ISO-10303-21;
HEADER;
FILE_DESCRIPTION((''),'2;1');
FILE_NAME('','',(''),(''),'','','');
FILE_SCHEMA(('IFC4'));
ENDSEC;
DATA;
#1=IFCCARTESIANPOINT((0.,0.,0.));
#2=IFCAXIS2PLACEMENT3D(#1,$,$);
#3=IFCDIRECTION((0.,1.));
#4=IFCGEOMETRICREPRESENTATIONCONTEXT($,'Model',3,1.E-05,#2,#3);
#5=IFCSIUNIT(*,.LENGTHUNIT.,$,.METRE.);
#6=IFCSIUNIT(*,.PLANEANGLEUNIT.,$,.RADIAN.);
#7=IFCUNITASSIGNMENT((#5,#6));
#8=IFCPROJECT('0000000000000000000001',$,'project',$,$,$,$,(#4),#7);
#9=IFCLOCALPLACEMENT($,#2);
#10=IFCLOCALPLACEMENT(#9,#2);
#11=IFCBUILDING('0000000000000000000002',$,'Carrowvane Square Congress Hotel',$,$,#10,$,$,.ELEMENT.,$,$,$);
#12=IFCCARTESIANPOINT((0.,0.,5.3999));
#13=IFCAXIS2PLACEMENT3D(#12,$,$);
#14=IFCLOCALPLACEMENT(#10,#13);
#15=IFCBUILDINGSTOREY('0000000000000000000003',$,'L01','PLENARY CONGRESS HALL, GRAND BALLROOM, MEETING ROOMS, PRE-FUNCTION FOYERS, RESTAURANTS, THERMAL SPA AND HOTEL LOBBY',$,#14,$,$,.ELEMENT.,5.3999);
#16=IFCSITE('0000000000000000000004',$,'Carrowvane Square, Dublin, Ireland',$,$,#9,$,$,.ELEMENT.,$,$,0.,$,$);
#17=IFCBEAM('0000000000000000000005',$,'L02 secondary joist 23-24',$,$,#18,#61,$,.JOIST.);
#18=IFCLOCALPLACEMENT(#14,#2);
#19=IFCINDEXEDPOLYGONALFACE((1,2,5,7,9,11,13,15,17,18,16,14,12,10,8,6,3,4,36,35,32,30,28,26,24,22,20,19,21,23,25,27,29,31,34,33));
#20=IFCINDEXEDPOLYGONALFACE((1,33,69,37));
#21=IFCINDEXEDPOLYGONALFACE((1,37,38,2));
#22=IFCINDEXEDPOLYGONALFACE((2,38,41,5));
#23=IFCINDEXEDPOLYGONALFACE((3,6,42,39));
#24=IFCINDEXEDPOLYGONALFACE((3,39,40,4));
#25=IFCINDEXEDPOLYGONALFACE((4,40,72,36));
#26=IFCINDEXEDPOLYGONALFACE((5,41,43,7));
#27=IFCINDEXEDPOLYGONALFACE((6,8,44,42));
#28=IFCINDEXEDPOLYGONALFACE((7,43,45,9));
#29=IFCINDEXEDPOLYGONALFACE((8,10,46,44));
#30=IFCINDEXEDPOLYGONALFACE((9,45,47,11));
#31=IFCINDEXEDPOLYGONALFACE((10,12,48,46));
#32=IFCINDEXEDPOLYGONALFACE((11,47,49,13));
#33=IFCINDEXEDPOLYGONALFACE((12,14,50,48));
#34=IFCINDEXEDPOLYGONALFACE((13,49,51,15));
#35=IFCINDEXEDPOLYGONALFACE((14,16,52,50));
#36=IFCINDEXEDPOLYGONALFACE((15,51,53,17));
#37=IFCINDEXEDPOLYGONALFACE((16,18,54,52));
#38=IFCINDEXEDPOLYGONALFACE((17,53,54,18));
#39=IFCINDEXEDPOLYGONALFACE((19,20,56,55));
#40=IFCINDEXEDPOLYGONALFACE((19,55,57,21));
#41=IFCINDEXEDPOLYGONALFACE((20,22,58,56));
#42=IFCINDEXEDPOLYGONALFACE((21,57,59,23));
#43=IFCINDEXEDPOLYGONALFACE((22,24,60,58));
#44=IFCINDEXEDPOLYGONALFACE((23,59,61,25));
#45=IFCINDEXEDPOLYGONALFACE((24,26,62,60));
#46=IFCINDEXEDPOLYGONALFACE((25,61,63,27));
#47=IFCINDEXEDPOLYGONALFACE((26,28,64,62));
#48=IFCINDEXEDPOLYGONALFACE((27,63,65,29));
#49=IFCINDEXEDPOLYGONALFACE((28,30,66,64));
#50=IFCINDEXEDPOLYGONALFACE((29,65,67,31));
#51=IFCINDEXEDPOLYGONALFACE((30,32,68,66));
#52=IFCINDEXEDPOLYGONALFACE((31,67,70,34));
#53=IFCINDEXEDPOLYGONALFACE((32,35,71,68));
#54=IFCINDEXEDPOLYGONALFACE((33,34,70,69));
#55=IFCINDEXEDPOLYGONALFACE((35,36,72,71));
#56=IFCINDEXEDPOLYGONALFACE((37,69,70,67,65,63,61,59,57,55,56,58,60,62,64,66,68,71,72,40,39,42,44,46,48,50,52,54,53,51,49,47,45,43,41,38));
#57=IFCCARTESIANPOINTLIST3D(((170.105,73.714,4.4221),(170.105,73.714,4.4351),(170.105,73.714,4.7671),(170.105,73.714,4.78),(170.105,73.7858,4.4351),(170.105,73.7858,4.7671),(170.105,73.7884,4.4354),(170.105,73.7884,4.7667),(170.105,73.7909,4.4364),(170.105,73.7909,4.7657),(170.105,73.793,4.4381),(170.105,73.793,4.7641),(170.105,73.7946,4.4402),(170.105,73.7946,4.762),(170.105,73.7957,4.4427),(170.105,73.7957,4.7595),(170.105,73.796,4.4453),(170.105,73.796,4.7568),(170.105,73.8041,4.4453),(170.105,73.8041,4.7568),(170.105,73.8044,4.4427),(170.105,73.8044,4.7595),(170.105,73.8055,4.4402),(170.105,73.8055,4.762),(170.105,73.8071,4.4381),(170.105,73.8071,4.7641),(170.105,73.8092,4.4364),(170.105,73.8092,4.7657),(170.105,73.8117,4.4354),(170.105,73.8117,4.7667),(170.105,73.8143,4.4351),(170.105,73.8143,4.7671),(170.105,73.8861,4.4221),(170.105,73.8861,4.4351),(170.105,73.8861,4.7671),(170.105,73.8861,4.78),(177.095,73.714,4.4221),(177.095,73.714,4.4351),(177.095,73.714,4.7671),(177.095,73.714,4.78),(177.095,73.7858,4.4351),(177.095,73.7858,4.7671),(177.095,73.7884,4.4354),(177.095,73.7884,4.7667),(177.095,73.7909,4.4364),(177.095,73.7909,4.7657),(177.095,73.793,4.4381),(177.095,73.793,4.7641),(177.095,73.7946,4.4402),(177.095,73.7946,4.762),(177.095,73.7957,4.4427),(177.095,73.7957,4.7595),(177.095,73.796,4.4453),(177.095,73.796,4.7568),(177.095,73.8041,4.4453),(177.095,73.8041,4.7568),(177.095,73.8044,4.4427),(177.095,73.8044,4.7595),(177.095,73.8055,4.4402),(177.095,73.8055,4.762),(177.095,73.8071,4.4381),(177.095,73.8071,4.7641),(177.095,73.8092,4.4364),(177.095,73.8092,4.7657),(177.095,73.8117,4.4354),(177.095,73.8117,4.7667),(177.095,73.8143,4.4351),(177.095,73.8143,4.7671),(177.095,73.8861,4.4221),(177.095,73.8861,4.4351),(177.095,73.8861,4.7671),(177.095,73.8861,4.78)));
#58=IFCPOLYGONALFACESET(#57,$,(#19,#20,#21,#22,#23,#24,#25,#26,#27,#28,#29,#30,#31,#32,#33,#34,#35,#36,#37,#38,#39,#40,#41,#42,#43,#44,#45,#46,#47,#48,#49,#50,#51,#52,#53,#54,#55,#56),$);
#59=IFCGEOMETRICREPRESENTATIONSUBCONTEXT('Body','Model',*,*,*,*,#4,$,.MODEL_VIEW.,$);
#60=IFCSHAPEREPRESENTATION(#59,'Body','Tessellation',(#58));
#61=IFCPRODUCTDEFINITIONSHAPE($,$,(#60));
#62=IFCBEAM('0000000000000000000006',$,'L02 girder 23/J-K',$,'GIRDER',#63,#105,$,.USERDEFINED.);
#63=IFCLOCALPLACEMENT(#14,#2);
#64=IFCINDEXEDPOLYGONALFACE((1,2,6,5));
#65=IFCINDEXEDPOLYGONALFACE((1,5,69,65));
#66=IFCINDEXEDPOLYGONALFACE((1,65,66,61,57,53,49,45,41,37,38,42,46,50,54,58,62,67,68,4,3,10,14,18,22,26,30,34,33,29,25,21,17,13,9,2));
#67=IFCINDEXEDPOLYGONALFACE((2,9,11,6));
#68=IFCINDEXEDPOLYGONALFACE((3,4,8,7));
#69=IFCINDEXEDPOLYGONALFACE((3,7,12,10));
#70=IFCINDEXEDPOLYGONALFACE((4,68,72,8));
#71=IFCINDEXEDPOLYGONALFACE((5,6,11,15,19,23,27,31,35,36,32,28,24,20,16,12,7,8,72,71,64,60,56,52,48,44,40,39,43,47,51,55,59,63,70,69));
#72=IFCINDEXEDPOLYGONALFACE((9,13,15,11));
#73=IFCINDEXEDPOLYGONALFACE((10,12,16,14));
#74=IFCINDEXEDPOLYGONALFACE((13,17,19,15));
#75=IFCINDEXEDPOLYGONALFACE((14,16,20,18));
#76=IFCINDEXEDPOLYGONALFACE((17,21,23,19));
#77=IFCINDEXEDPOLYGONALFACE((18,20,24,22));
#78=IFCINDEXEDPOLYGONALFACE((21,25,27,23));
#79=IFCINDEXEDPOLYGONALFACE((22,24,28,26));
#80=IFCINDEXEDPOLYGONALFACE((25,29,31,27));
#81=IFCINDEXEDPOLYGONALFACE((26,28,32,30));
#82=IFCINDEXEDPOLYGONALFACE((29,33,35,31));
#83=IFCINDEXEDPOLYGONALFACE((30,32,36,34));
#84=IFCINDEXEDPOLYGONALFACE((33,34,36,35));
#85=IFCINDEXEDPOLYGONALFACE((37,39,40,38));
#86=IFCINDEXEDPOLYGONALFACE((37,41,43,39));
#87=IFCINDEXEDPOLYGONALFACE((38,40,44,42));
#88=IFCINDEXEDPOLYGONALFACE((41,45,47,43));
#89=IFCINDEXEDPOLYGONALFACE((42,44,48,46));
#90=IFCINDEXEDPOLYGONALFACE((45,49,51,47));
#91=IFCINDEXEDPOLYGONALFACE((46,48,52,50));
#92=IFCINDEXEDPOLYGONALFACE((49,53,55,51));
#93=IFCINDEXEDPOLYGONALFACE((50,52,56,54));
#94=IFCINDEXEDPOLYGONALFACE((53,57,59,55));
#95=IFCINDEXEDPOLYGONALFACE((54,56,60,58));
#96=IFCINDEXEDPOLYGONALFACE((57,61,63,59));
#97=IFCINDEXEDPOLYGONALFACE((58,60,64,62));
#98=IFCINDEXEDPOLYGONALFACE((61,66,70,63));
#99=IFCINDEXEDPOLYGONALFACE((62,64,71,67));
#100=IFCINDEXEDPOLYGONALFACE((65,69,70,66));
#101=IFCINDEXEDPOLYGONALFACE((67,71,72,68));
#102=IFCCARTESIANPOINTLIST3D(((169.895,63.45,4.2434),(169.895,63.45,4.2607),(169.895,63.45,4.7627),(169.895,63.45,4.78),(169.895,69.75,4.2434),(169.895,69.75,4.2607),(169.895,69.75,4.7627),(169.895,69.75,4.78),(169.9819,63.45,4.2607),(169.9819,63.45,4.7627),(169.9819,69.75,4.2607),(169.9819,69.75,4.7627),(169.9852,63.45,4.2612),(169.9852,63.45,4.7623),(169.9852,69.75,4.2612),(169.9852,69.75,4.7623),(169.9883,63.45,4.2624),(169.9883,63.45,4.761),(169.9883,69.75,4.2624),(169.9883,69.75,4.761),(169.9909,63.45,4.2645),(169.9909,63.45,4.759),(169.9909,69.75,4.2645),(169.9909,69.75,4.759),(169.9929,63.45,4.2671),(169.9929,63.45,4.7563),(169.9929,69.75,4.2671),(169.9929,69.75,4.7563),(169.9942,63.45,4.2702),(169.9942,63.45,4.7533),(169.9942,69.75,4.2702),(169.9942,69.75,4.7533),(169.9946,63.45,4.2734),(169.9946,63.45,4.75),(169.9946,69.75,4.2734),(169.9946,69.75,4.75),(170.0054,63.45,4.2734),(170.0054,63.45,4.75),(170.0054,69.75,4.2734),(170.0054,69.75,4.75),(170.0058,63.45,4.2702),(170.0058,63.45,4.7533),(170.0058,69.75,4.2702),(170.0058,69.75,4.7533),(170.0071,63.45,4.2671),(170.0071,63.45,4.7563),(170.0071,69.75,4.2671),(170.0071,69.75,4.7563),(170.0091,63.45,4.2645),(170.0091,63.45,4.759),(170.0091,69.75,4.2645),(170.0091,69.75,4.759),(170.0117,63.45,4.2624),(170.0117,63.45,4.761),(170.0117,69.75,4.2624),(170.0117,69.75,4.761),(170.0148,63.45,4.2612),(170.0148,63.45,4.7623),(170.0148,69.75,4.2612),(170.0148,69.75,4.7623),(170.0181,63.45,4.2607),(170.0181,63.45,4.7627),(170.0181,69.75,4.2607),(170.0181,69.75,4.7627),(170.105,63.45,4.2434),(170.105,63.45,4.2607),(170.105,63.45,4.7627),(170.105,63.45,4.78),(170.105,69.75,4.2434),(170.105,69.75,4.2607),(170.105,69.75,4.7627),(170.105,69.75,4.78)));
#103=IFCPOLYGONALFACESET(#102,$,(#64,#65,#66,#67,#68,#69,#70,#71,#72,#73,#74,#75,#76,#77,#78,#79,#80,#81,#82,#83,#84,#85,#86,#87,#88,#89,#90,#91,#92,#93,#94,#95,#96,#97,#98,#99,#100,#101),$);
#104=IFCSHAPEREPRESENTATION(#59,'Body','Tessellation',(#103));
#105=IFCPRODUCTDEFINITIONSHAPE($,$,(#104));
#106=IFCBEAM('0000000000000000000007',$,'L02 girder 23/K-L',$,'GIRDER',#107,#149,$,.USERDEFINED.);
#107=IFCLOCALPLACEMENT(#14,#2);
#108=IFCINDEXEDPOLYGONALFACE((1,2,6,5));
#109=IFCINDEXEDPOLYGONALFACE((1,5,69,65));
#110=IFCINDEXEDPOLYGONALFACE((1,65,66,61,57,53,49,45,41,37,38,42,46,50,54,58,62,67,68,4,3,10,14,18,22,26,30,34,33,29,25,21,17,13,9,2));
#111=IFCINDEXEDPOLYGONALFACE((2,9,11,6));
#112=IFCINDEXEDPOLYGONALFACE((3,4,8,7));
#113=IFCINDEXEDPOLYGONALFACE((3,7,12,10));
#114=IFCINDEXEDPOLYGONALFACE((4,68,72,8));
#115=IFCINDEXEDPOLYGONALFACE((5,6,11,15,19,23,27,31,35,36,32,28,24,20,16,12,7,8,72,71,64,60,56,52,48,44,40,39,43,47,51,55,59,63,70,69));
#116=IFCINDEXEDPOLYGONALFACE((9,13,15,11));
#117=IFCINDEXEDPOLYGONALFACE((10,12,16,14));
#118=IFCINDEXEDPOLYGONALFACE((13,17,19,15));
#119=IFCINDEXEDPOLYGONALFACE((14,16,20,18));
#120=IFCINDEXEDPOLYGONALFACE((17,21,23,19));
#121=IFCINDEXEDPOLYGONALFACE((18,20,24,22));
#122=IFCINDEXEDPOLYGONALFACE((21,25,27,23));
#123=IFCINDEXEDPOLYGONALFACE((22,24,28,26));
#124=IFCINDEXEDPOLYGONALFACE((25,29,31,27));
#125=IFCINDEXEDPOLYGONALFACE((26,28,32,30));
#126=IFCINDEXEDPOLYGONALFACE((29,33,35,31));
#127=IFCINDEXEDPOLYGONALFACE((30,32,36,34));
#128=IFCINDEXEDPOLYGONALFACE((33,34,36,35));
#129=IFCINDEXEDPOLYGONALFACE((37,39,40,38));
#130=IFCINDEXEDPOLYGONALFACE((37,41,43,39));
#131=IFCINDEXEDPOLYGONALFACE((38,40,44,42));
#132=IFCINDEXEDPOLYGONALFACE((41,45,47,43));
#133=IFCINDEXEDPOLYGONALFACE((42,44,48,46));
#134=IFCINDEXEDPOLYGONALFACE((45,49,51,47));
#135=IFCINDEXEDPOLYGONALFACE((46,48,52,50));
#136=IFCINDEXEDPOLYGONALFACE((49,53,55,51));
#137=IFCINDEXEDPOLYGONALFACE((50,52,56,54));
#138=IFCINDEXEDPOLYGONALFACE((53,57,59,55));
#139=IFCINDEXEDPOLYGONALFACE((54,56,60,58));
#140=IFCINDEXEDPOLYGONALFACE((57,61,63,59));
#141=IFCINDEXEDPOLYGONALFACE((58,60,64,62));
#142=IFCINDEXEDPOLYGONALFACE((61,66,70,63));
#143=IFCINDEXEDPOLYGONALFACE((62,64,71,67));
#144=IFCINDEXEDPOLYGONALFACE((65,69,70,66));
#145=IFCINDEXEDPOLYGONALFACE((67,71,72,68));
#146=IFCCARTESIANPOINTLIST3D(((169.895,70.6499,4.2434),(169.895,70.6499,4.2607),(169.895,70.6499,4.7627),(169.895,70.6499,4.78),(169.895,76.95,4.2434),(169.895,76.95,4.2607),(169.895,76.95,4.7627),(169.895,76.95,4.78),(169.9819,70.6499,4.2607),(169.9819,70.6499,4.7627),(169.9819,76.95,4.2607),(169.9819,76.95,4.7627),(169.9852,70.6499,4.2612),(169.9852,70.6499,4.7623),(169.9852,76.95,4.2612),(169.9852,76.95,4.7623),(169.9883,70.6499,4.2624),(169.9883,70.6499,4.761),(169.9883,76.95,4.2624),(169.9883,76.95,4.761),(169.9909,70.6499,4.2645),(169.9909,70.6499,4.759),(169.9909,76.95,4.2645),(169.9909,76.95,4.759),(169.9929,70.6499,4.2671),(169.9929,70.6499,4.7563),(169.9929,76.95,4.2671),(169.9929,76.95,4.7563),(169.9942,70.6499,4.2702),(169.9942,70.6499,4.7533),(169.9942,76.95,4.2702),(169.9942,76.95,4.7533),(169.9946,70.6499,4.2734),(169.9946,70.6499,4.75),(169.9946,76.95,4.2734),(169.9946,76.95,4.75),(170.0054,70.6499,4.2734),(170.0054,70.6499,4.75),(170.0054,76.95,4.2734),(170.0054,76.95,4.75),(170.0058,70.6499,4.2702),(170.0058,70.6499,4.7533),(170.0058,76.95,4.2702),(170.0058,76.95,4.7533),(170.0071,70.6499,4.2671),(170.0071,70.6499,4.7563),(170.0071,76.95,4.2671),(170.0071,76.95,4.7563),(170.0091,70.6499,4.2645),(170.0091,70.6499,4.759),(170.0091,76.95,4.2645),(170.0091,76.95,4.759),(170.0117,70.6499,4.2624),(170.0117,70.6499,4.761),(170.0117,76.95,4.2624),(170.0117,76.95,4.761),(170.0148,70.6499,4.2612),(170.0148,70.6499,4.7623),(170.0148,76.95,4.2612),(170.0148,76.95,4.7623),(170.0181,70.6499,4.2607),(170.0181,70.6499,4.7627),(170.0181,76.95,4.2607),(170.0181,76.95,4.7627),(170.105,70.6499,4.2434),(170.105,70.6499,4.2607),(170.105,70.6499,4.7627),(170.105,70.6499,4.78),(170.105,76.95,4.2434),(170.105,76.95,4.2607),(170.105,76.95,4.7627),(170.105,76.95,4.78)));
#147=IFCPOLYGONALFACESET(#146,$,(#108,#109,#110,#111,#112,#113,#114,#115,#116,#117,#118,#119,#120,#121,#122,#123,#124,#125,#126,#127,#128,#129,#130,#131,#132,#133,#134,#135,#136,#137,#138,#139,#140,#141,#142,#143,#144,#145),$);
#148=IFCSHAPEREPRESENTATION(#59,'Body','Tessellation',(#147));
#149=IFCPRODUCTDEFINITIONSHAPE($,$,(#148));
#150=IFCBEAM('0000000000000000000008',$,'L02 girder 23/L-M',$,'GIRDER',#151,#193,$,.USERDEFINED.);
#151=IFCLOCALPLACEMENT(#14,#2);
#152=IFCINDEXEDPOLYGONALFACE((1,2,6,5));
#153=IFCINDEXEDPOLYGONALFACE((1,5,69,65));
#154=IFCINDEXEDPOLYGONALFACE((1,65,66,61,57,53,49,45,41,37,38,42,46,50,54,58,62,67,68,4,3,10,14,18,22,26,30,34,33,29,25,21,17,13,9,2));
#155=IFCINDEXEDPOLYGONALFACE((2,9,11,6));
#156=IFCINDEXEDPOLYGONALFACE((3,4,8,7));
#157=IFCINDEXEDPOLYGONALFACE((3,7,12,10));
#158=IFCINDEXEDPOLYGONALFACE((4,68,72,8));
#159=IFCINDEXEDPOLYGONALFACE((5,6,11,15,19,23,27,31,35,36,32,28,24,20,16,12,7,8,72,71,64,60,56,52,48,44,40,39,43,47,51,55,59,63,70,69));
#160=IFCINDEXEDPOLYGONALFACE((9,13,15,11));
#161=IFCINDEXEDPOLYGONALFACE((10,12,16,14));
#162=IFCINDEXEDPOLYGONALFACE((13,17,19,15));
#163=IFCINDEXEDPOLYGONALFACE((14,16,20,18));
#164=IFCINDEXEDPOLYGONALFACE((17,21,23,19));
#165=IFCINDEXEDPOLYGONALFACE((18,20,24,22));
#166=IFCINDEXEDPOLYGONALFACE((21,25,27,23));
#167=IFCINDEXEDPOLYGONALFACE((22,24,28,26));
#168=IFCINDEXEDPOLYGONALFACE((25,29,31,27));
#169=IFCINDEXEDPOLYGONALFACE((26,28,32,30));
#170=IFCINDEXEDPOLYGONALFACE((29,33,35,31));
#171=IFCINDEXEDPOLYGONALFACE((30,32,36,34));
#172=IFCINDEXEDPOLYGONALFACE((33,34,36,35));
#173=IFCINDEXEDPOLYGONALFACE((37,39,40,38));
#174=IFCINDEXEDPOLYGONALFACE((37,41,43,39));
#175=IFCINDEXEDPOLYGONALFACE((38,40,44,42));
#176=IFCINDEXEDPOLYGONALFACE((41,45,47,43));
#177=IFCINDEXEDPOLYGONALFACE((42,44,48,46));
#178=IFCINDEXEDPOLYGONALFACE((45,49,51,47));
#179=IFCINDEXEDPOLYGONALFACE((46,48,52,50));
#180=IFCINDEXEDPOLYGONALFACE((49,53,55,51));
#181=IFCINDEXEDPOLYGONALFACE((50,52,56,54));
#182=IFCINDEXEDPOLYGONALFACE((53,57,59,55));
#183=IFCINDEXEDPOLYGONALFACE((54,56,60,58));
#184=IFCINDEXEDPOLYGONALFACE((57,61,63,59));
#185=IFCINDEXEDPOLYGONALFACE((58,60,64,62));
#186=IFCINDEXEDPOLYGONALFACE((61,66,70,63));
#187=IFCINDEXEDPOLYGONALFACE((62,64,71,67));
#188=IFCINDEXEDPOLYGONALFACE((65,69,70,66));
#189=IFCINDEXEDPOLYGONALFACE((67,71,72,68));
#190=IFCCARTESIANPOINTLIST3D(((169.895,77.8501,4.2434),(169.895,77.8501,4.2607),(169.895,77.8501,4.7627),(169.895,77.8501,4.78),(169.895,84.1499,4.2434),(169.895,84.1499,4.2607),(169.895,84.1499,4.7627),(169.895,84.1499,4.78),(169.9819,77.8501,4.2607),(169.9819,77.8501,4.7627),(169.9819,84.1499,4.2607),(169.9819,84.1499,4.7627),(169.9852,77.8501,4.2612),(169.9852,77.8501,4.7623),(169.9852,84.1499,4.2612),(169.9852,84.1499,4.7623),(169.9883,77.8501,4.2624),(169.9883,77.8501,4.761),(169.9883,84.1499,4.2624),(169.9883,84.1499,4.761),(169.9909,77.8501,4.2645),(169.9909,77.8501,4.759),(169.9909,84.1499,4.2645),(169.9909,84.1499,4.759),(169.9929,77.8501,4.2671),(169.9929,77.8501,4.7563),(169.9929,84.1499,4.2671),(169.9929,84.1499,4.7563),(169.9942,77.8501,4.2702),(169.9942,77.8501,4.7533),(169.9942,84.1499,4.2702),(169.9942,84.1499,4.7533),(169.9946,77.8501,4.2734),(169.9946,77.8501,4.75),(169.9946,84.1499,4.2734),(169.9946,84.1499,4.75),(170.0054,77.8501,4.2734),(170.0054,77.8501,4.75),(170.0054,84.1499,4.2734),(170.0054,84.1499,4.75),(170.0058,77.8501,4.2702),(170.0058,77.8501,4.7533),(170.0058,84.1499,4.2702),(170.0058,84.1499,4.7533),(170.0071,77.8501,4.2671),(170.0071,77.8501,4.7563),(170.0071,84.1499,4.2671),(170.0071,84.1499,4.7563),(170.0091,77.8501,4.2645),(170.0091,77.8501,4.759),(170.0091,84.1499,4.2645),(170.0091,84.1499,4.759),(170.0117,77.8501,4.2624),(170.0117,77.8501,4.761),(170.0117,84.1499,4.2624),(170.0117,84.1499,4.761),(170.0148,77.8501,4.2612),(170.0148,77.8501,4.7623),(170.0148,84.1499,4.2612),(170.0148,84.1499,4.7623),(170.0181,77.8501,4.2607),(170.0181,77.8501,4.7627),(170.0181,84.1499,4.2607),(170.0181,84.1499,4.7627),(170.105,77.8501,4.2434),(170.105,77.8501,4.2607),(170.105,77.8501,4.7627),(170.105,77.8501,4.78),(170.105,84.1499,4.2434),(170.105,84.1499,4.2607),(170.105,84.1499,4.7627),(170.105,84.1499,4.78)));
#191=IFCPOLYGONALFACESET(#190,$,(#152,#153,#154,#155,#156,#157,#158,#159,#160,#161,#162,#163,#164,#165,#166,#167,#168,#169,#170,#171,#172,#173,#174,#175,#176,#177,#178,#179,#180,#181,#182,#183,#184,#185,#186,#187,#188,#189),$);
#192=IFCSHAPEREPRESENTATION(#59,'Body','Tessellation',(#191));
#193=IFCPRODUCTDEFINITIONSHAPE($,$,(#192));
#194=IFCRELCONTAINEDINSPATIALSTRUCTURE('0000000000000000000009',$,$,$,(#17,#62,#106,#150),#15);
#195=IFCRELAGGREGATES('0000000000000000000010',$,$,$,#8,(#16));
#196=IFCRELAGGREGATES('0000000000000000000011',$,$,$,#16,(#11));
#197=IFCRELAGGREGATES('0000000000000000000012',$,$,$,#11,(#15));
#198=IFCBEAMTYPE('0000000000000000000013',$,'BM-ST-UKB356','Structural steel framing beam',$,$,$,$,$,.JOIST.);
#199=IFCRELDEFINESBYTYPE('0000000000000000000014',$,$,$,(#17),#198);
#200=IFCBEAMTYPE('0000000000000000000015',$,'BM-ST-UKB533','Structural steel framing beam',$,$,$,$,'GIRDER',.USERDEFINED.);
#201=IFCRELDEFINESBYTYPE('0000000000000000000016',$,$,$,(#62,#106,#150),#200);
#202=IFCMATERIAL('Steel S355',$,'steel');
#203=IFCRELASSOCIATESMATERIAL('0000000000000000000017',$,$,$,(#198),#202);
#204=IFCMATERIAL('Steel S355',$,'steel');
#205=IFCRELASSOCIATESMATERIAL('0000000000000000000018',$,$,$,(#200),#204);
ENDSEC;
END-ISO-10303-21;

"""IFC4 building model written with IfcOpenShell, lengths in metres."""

from ifc_helpers import new_model, si_unit, direction, frame, origin, origin_2d, place, context, subcontext, project, spatial, i_section, extrude, material, material_profile, profile_set, type_object, element, save


model = new_model("IFC4")

# Units and contexts
model_context = context("Model", 3, precision=1e-05, world=origin(), true_north=direction((0.0, 1.0)))
body_context = subcontext(model_context, "Body", "Model", "MODEL_VIEW")
ifc_project = project(units=[si_unit("LENGTHUNIT", "METRE"), si_unit("PLANEANGLEUNIT", "RADIAN")], contexts=[model_context])

# Site, building, storey
site_placement = place(None, origin())
site = spatial("IfcSite", under=ifc_project, at=site_placement, Name="Carrowvane Square, Dublin, Ireland", CompositionType="ELEMENT", RefElevation=0.0)
building_placement = place(site_placement, origin())
building = spatial("IfcBuilding", under=site, at=building_placement, Name="Carrowvane Square Congress Hotel", CompositionType="ELEMENT")
storey_placement = place(building_placement, frame((0.0, 0.0, 5.3999)))
storey = spatial("IfcBuildingStorey", under=building, at=storey_placement, Name="L01", Description="PLENARY CONGRESS HALL, GRAND BALLROOM, MEETING ROOMS, PRE-FUNCTION FOYERS, RESTAURANTS, THERMAL SPA AND HOTEL LOBBY", CompositionType="ELEMENT", Elevation=5.3999)

# Beams
ifc_material_1 = material(Name="Steel S355", Category="steel")
ifc_material_profile_1 = material_profile(ifc_material_1, i_section(OverallWidth=0.1721, OverallDepth=0.3579, WebThickness=0.0081, FlangeThickness=0.0129, FilletRadius=0.0103, at=origin_2d()), Name="UKB 356x171x57")
ifc_profile_set_1 = profile_set([ifc_material_profile_1], Name="Steel S355")
beam_type_1 = type_object("IfcBeamType", Name="BM-ST-UKB356", Description="Structural steel framing beam", PredefinedType="JOIST", material=ifc_profile_set_1)
for number, where, z_axis, x_axis, name in (
    (1, (170.105, 73.8, 4.6011), (1.0, 0.0, 0.0), (0.0, 1.0, 0.0), "L02 secondary joist 23-24"),
):
    element("IfcBeam", number, at=place(storey_placement, frame(where, z_axis=z_axis, x_axis=x_axis)), inside=storey, type_object=beam_type_1, Name=name, PredefinedType="JOIST", context=body_context, shape_type="SweptSolid", body=[
        extrude(i_section(OverallWidth=0.1721, OverallDepth=0.3579, WebThickness=0.0081, FlangeThickness=0.0129, FilletRadius=0.0103, at=origin_2d()), origin(), (0.0, 0.0, 1.0), 6.99),
    ])
ifc_material_2 = material(Name="Steel S355", Category="steel")
ifc_material_profile_2 = material_profile(ifc_material_2, i_section(OverallWidth=0.21, OverallDepth=0.5366, WebThickness=0.0107, FlangeThickness=0.0173, FilletRadius=0.0127, at=origin_2d()), Name="UKB 533x210x101")
ifc_profile_set_2 = profile_set([ifc_material_profile_2], Name="Steel S355")
beam_type_2 = type_object("IfcBeamType", Name="BM-ST-UKB533", Description="Structural steel framing beam", ElementType="GIRDER", PredefinedType="USERDEFINED", material=ifc_profile_set_2)
for number, where, z_axis, x_axis, name in (
    (2, (170.0, 63.45, 4.5117), (0.0, 1.0, 0.0), (-1.0, 0.0, 0.0), "L02 girder 23/J-K"),
    (3, (170.0, 70.6499, 4.5117), (0.0, 1.0, 0.0), (-1.0, 0.0, 0.0), "L02 girder 23/K-L"),
):
    element("IfcBeam", number, at=place(storey_placement, frame(where, z_axis=z_axis, x_axis=x_axis)), inside=storey, type_object=beam_type_2, Name=name, ObjectType="GIRDER", PredefinedType="USERDEFINED", context=body_context, shape_type="SweptSolid", body=[
        extrude(i_section(OverallWidth=0.21, OverallDepth=0.5366, WebThickness=0.0107, FlangeThickness=0.0173, FilletRadius=0.0127, at=origin_2d()), origin(), (0.0, 0.0, 1.0), 6.3),
    ])
beam_placement = place(storey_placement, frame((170.0, 77.8501, 4.5117), z_axis=(0.0, 1.0, 0.0), x_axis=(-1.0, 0.0, 0.0)))
element("IfcBeam", 4, at=beam_placement, inside=storey, type_object=beam_type_2, Name="L02 girder 23/L-M", ObjectType="GIRDER", PredefinedType="USERDEFINED", context=body_context, shape_type="SweptSolid", body=[
    extrude(i_section(OverallWidth=0.21, OverallDepth=0.5366, WebThickness=0.0107, FlangeThickness=0.0173, FilletRadius=0.0127, at=origin_2d()), origin(), (0.0, 0.0, 1.0), 6.2998),
])

save(model, "model.ifc")
